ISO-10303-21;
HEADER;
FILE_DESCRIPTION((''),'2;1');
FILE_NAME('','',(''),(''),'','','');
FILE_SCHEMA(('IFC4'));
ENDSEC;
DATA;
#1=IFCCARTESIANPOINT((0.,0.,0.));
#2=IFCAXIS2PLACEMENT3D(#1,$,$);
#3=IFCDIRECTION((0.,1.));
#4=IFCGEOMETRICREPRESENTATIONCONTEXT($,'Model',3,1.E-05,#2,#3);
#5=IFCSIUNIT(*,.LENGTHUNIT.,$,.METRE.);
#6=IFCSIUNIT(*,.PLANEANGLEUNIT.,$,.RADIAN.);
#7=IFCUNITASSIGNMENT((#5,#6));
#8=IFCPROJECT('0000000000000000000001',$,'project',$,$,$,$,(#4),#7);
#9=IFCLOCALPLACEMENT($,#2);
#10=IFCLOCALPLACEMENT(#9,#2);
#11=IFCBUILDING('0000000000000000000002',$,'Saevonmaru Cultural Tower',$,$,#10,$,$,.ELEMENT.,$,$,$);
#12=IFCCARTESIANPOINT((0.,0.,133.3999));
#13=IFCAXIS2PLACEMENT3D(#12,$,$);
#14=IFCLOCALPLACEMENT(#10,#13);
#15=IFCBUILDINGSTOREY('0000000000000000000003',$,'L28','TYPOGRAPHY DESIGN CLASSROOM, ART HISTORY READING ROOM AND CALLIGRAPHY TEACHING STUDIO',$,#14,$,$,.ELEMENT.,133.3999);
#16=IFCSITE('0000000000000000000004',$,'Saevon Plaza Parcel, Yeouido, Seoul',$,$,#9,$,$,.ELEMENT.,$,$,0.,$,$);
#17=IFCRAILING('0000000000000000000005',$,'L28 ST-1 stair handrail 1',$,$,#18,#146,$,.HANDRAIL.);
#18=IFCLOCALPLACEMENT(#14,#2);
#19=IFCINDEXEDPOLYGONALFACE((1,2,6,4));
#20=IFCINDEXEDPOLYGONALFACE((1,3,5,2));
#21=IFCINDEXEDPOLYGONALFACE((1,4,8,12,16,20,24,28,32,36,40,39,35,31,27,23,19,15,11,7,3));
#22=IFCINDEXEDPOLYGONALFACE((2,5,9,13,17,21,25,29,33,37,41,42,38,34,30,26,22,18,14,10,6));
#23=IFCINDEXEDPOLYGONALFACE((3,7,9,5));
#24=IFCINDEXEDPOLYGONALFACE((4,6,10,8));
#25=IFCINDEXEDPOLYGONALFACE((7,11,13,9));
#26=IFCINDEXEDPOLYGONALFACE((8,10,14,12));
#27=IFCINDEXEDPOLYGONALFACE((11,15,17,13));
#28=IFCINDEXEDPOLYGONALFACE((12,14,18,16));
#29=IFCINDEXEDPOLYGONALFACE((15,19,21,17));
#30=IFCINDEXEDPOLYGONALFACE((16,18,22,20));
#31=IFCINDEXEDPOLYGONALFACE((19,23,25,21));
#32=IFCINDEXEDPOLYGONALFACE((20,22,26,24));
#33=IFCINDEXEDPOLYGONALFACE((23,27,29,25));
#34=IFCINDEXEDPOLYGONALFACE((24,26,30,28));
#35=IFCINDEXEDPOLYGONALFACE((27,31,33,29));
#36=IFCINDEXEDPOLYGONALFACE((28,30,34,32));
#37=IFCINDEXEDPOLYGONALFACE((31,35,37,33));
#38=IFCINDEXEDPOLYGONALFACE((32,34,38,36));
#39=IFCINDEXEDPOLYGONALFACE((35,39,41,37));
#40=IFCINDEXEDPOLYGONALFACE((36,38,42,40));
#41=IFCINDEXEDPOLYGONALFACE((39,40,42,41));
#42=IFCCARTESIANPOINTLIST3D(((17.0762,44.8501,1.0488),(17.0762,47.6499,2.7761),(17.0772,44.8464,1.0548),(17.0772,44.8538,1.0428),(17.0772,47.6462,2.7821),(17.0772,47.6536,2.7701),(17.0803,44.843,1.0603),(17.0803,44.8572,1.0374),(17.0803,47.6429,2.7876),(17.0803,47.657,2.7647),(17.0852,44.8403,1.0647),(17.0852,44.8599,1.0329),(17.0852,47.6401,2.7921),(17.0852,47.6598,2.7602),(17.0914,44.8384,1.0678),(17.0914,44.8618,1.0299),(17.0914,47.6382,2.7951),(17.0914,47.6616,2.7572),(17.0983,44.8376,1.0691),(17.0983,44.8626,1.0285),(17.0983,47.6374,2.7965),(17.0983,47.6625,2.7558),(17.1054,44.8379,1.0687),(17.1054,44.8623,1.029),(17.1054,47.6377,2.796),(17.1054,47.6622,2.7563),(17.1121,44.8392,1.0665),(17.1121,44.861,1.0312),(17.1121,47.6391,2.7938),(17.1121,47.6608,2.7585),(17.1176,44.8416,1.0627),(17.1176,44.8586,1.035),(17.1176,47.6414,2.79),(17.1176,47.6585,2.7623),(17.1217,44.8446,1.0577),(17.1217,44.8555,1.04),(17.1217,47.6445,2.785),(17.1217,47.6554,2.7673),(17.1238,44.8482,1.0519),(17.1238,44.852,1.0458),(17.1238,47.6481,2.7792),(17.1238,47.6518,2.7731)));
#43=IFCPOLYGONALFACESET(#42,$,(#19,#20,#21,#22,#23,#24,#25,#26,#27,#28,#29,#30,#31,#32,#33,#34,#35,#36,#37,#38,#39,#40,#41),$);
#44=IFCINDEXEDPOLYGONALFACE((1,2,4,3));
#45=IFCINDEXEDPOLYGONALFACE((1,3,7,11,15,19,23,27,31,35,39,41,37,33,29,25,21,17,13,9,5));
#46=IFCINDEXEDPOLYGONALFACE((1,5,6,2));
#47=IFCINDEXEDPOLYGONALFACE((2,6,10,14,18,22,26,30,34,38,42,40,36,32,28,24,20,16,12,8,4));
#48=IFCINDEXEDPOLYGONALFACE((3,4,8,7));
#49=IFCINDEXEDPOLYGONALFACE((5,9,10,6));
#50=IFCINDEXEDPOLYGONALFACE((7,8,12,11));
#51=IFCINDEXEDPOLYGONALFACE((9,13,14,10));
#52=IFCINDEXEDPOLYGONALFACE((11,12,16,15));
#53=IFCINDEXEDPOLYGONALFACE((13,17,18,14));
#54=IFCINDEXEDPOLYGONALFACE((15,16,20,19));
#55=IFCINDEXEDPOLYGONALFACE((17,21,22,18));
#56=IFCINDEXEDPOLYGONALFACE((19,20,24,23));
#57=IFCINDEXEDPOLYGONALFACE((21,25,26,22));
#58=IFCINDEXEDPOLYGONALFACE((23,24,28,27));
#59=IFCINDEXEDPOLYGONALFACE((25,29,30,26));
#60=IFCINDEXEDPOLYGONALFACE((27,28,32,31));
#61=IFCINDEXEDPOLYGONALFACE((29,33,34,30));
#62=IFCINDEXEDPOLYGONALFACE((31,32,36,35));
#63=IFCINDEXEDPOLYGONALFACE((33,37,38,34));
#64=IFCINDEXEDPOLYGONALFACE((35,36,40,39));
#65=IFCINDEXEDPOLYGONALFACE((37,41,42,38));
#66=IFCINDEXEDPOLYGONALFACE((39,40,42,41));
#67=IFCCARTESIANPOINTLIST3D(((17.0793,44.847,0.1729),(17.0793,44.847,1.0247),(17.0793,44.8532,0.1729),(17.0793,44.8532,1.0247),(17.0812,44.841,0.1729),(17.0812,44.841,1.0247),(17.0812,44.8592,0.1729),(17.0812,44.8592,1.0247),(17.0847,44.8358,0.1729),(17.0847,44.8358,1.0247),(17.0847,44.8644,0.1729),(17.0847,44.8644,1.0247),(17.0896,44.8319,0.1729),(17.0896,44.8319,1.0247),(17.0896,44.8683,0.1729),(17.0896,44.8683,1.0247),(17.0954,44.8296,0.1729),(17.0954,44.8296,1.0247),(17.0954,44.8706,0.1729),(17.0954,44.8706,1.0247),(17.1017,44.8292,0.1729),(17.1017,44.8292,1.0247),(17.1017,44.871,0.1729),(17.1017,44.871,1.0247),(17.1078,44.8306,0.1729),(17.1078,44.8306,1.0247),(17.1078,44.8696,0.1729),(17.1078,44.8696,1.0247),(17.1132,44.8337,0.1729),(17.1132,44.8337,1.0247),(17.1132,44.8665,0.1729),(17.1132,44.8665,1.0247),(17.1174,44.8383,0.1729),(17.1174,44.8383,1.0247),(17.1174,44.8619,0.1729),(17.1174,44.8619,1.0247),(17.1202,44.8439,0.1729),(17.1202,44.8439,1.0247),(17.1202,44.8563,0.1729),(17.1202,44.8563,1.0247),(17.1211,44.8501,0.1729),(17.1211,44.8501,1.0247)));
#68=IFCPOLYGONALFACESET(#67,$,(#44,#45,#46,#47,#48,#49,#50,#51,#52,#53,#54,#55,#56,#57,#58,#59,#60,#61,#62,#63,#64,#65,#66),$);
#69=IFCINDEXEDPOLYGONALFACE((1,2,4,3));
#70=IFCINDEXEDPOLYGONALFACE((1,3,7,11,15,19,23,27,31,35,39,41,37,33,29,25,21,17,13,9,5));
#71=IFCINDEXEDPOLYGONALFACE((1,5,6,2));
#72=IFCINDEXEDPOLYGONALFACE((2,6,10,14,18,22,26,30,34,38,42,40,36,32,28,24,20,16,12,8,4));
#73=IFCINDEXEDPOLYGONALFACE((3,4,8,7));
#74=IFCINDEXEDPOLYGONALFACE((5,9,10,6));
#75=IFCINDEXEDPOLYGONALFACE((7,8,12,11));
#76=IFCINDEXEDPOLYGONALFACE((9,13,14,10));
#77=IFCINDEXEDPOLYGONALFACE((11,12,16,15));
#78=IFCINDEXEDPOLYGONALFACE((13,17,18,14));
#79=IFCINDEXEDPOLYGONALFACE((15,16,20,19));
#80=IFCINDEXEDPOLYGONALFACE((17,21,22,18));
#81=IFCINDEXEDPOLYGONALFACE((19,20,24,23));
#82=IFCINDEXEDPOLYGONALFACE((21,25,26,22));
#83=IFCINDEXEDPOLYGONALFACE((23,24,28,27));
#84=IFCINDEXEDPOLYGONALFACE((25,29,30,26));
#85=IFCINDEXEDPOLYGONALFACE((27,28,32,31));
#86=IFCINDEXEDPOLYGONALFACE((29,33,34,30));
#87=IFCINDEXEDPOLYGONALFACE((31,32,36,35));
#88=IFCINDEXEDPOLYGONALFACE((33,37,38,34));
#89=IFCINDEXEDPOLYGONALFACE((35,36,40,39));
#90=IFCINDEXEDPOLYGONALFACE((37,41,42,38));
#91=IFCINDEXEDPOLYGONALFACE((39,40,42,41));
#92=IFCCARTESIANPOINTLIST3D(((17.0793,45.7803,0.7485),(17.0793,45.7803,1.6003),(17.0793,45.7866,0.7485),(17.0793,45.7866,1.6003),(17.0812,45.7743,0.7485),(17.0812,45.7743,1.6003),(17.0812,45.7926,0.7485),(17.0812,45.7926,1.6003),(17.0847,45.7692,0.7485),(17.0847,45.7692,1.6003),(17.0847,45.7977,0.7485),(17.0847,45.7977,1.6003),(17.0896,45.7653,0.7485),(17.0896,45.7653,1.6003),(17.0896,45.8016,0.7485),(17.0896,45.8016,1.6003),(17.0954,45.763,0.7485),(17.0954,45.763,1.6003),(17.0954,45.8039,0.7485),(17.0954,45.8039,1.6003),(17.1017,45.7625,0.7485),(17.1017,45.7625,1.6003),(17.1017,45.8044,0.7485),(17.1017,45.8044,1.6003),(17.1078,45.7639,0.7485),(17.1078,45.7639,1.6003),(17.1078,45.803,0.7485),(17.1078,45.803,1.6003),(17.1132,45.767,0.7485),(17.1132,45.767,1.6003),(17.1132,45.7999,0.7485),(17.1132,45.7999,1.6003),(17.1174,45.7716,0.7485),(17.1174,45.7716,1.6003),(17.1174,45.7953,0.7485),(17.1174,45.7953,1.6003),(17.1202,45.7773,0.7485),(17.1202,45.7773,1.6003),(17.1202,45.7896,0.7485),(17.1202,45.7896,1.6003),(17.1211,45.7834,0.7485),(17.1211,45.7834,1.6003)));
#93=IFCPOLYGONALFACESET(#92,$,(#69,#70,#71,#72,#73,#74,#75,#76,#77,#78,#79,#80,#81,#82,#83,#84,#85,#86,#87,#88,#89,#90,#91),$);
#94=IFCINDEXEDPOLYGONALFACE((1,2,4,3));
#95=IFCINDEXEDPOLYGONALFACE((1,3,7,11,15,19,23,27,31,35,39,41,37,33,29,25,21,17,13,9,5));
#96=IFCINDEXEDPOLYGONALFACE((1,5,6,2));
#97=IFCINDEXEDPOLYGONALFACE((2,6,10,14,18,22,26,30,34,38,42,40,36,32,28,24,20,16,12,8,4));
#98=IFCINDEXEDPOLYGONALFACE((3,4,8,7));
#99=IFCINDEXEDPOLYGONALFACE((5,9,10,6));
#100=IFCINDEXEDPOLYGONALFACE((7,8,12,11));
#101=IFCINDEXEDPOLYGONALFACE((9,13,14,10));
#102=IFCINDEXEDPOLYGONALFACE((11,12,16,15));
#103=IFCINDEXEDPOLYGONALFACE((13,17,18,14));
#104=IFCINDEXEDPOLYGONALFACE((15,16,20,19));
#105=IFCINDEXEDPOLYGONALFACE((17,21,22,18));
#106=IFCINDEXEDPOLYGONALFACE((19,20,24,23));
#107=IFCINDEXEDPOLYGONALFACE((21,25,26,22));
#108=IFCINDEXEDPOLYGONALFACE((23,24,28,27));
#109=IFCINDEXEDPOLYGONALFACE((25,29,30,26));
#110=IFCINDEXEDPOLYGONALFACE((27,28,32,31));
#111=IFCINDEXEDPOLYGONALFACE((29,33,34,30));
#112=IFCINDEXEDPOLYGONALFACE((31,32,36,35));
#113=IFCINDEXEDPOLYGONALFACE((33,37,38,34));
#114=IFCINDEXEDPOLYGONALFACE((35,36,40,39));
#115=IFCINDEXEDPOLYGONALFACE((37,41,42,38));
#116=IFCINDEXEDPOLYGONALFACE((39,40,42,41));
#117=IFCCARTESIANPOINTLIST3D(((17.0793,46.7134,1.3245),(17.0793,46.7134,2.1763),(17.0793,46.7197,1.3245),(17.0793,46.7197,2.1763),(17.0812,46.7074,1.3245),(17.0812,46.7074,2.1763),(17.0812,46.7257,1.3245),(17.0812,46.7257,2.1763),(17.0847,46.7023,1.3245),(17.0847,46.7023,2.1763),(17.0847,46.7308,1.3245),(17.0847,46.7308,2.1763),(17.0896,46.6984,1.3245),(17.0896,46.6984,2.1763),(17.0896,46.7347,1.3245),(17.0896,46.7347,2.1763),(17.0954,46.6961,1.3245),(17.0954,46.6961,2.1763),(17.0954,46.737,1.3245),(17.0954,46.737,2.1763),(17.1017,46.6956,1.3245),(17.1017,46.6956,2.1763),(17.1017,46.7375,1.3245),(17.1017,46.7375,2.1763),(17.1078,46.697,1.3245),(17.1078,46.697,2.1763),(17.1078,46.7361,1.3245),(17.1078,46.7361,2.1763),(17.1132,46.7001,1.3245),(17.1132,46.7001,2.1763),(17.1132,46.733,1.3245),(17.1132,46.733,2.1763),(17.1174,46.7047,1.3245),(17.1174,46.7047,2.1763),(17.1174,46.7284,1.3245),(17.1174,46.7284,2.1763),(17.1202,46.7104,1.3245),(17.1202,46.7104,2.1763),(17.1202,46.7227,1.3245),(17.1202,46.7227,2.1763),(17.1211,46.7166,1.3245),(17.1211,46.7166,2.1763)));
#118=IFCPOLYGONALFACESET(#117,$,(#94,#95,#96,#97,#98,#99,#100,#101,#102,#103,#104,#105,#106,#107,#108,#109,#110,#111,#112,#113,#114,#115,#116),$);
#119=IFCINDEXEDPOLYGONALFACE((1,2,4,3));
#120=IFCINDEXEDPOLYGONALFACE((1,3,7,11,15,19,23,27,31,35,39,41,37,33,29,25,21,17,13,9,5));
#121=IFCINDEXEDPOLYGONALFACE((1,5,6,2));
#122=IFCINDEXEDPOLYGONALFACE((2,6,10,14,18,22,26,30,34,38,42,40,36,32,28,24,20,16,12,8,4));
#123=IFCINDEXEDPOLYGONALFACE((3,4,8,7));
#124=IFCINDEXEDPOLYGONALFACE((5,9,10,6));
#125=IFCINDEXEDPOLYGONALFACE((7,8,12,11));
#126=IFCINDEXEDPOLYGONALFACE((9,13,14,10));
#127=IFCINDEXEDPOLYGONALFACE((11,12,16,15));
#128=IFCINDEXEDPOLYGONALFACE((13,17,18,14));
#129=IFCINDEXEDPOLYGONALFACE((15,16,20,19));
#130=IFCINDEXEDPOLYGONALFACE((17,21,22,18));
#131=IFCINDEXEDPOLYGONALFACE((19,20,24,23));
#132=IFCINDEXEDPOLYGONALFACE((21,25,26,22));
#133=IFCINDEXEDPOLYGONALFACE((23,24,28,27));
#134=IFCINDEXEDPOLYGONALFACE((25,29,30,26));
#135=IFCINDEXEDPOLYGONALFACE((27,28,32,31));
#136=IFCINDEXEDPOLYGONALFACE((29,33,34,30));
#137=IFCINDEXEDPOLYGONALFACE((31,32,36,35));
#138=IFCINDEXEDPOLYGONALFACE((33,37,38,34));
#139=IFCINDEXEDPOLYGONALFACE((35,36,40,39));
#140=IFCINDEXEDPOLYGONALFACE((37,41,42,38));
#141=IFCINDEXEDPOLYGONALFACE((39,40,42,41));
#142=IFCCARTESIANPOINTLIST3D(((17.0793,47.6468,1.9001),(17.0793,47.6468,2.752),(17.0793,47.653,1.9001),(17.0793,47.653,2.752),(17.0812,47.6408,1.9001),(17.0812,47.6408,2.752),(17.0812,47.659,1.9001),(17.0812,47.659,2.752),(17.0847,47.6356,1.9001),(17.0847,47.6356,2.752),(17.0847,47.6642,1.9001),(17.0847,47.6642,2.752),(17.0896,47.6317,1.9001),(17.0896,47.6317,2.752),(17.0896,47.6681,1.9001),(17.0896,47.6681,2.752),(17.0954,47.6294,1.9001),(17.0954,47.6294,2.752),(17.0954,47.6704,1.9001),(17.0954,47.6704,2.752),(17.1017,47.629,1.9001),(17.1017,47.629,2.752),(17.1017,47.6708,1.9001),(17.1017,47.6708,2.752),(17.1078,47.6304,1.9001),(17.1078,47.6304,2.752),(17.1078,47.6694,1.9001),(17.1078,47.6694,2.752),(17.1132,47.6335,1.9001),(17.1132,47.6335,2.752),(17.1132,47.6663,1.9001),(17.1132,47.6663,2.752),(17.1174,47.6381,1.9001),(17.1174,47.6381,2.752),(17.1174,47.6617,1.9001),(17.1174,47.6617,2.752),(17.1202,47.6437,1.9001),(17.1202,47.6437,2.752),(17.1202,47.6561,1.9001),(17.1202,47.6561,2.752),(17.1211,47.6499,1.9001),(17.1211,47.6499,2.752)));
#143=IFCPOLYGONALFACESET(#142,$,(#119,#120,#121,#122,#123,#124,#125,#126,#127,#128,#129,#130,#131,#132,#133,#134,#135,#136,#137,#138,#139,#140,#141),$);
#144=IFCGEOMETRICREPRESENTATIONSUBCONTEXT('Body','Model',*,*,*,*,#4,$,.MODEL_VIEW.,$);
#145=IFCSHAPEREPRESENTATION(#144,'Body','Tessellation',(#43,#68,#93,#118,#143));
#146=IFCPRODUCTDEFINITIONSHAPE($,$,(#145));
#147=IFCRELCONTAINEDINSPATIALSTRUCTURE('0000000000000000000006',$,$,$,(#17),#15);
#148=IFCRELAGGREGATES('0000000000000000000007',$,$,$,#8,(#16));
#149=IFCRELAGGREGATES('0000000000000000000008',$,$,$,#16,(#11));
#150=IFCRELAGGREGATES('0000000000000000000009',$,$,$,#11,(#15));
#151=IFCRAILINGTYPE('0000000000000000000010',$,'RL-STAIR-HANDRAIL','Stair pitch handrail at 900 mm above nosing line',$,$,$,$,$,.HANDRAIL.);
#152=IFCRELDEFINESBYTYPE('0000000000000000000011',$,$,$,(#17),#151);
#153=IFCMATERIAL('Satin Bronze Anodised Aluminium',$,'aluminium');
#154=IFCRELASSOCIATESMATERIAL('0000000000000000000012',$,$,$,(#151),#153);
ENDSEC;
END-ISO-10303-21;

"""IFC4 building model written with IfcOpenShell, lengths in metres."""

from ifc_helpers import new_model, si_unit, direction, frame, origin, origin_2d, place, context, subcontext, project, spatial, circle, extrude, material, type_object, element, save


model = new_model("IFC4")

# Units and contexts
model_context = context("Model", 3, precision=1e-05, world=origin(), true_north=direction((0.0, 1.0)))
body_context = subcontext(model_context, "Body", "Model", "MODEL_VIEW")
ifc_project = project(units=[si_unit("LENGTHUNIT", "METRE"), si_unit("PLANEANGLEUNIT", "RADIAN")], contexts=[model_context])

# Site, building, storey
site_placement = place(None, origin())
site = spatial("IfcSite", under=ifc_project, at=site_placement, Name="Saevon Plaza Parcel, Yeouido, Seoul", CompositionType="ELEMENT", RefElevation=0.0)
building_placement = place(site_placement, origin())
building = spatial("IfcBuilding", under=site, at=building_placement, Name="Saevonmaru Cultural Tower", CompositionType="ELEMENT")
storey_placement = place(building_placement, frame((0.0, 0.0, 133.3999)))
storey = spatial("IfcBuildingStorey", under=building, at=storey_placement, Name="L28", Description="TYPOGRAPHY DESIGN CLASSROOM, ART HISTORY READING ROOM AND CALLIGRAPHY TEACHING STUDIO", CompositionType="ELEMENT", Elevation=133.3999)

# Shared definitions
ifc_material_1 = material(Name="Satin Bronze Anodised Aluminium", Category="aluminium")

# Railing
railing_type_1 = type_object("IfcRailingType", Name="RL-STAIR-HANDRAIL", Description="Stair pitch handrail at 900 mm above nosing line", PredefinedType="HANDRAIL", material=ifc_material_1)
railing_1_placement = place(storey_placement, frame((17.1001, 44.8501, 0.1729)))
element("IfcRailing", 1, at=railing_1_placement, inside=storey, type_object=railing_type_1, Name="L28 ST-1 stair handrail 1", PredefinedType="HANDRAIL", context=body_context, shape_type="SweptSolid", body=[
    extrude(circle(Radius=0.0239, at=origin_2d()), frame((0.0, 0.0, 0.876), z_axis=(0.0, 0.851069, 0.525054), x_axis=(-1.0, 0.0, 0.0)), (0.0, 0.0, 1.0), 3.2898),
    extrude(circle(Radius=0.021, at=origin_2d()), origin(), (0.0, 0.0, 1.0), 0.8518),
    extrude(circle(Radius=0.021, at=origin_2d()), frame((0.0, 0.9333, 0.5757)), (0.0, 0.0, 1.0), 0.8518),
    extrude(circle(Radius=0.021, at=origin_2d()), frame((0.0, 1.8665, 1.1516)), (0.0, 0.0, 1.0), 0.8518),
    extrude(circle(Radius=0.021, at=origin_2d()), frame((0.0, 2.7998, 1.7273)), (0.0, 0.0, 1.0), 0.8518),
])

save(model, "model.ifc")
